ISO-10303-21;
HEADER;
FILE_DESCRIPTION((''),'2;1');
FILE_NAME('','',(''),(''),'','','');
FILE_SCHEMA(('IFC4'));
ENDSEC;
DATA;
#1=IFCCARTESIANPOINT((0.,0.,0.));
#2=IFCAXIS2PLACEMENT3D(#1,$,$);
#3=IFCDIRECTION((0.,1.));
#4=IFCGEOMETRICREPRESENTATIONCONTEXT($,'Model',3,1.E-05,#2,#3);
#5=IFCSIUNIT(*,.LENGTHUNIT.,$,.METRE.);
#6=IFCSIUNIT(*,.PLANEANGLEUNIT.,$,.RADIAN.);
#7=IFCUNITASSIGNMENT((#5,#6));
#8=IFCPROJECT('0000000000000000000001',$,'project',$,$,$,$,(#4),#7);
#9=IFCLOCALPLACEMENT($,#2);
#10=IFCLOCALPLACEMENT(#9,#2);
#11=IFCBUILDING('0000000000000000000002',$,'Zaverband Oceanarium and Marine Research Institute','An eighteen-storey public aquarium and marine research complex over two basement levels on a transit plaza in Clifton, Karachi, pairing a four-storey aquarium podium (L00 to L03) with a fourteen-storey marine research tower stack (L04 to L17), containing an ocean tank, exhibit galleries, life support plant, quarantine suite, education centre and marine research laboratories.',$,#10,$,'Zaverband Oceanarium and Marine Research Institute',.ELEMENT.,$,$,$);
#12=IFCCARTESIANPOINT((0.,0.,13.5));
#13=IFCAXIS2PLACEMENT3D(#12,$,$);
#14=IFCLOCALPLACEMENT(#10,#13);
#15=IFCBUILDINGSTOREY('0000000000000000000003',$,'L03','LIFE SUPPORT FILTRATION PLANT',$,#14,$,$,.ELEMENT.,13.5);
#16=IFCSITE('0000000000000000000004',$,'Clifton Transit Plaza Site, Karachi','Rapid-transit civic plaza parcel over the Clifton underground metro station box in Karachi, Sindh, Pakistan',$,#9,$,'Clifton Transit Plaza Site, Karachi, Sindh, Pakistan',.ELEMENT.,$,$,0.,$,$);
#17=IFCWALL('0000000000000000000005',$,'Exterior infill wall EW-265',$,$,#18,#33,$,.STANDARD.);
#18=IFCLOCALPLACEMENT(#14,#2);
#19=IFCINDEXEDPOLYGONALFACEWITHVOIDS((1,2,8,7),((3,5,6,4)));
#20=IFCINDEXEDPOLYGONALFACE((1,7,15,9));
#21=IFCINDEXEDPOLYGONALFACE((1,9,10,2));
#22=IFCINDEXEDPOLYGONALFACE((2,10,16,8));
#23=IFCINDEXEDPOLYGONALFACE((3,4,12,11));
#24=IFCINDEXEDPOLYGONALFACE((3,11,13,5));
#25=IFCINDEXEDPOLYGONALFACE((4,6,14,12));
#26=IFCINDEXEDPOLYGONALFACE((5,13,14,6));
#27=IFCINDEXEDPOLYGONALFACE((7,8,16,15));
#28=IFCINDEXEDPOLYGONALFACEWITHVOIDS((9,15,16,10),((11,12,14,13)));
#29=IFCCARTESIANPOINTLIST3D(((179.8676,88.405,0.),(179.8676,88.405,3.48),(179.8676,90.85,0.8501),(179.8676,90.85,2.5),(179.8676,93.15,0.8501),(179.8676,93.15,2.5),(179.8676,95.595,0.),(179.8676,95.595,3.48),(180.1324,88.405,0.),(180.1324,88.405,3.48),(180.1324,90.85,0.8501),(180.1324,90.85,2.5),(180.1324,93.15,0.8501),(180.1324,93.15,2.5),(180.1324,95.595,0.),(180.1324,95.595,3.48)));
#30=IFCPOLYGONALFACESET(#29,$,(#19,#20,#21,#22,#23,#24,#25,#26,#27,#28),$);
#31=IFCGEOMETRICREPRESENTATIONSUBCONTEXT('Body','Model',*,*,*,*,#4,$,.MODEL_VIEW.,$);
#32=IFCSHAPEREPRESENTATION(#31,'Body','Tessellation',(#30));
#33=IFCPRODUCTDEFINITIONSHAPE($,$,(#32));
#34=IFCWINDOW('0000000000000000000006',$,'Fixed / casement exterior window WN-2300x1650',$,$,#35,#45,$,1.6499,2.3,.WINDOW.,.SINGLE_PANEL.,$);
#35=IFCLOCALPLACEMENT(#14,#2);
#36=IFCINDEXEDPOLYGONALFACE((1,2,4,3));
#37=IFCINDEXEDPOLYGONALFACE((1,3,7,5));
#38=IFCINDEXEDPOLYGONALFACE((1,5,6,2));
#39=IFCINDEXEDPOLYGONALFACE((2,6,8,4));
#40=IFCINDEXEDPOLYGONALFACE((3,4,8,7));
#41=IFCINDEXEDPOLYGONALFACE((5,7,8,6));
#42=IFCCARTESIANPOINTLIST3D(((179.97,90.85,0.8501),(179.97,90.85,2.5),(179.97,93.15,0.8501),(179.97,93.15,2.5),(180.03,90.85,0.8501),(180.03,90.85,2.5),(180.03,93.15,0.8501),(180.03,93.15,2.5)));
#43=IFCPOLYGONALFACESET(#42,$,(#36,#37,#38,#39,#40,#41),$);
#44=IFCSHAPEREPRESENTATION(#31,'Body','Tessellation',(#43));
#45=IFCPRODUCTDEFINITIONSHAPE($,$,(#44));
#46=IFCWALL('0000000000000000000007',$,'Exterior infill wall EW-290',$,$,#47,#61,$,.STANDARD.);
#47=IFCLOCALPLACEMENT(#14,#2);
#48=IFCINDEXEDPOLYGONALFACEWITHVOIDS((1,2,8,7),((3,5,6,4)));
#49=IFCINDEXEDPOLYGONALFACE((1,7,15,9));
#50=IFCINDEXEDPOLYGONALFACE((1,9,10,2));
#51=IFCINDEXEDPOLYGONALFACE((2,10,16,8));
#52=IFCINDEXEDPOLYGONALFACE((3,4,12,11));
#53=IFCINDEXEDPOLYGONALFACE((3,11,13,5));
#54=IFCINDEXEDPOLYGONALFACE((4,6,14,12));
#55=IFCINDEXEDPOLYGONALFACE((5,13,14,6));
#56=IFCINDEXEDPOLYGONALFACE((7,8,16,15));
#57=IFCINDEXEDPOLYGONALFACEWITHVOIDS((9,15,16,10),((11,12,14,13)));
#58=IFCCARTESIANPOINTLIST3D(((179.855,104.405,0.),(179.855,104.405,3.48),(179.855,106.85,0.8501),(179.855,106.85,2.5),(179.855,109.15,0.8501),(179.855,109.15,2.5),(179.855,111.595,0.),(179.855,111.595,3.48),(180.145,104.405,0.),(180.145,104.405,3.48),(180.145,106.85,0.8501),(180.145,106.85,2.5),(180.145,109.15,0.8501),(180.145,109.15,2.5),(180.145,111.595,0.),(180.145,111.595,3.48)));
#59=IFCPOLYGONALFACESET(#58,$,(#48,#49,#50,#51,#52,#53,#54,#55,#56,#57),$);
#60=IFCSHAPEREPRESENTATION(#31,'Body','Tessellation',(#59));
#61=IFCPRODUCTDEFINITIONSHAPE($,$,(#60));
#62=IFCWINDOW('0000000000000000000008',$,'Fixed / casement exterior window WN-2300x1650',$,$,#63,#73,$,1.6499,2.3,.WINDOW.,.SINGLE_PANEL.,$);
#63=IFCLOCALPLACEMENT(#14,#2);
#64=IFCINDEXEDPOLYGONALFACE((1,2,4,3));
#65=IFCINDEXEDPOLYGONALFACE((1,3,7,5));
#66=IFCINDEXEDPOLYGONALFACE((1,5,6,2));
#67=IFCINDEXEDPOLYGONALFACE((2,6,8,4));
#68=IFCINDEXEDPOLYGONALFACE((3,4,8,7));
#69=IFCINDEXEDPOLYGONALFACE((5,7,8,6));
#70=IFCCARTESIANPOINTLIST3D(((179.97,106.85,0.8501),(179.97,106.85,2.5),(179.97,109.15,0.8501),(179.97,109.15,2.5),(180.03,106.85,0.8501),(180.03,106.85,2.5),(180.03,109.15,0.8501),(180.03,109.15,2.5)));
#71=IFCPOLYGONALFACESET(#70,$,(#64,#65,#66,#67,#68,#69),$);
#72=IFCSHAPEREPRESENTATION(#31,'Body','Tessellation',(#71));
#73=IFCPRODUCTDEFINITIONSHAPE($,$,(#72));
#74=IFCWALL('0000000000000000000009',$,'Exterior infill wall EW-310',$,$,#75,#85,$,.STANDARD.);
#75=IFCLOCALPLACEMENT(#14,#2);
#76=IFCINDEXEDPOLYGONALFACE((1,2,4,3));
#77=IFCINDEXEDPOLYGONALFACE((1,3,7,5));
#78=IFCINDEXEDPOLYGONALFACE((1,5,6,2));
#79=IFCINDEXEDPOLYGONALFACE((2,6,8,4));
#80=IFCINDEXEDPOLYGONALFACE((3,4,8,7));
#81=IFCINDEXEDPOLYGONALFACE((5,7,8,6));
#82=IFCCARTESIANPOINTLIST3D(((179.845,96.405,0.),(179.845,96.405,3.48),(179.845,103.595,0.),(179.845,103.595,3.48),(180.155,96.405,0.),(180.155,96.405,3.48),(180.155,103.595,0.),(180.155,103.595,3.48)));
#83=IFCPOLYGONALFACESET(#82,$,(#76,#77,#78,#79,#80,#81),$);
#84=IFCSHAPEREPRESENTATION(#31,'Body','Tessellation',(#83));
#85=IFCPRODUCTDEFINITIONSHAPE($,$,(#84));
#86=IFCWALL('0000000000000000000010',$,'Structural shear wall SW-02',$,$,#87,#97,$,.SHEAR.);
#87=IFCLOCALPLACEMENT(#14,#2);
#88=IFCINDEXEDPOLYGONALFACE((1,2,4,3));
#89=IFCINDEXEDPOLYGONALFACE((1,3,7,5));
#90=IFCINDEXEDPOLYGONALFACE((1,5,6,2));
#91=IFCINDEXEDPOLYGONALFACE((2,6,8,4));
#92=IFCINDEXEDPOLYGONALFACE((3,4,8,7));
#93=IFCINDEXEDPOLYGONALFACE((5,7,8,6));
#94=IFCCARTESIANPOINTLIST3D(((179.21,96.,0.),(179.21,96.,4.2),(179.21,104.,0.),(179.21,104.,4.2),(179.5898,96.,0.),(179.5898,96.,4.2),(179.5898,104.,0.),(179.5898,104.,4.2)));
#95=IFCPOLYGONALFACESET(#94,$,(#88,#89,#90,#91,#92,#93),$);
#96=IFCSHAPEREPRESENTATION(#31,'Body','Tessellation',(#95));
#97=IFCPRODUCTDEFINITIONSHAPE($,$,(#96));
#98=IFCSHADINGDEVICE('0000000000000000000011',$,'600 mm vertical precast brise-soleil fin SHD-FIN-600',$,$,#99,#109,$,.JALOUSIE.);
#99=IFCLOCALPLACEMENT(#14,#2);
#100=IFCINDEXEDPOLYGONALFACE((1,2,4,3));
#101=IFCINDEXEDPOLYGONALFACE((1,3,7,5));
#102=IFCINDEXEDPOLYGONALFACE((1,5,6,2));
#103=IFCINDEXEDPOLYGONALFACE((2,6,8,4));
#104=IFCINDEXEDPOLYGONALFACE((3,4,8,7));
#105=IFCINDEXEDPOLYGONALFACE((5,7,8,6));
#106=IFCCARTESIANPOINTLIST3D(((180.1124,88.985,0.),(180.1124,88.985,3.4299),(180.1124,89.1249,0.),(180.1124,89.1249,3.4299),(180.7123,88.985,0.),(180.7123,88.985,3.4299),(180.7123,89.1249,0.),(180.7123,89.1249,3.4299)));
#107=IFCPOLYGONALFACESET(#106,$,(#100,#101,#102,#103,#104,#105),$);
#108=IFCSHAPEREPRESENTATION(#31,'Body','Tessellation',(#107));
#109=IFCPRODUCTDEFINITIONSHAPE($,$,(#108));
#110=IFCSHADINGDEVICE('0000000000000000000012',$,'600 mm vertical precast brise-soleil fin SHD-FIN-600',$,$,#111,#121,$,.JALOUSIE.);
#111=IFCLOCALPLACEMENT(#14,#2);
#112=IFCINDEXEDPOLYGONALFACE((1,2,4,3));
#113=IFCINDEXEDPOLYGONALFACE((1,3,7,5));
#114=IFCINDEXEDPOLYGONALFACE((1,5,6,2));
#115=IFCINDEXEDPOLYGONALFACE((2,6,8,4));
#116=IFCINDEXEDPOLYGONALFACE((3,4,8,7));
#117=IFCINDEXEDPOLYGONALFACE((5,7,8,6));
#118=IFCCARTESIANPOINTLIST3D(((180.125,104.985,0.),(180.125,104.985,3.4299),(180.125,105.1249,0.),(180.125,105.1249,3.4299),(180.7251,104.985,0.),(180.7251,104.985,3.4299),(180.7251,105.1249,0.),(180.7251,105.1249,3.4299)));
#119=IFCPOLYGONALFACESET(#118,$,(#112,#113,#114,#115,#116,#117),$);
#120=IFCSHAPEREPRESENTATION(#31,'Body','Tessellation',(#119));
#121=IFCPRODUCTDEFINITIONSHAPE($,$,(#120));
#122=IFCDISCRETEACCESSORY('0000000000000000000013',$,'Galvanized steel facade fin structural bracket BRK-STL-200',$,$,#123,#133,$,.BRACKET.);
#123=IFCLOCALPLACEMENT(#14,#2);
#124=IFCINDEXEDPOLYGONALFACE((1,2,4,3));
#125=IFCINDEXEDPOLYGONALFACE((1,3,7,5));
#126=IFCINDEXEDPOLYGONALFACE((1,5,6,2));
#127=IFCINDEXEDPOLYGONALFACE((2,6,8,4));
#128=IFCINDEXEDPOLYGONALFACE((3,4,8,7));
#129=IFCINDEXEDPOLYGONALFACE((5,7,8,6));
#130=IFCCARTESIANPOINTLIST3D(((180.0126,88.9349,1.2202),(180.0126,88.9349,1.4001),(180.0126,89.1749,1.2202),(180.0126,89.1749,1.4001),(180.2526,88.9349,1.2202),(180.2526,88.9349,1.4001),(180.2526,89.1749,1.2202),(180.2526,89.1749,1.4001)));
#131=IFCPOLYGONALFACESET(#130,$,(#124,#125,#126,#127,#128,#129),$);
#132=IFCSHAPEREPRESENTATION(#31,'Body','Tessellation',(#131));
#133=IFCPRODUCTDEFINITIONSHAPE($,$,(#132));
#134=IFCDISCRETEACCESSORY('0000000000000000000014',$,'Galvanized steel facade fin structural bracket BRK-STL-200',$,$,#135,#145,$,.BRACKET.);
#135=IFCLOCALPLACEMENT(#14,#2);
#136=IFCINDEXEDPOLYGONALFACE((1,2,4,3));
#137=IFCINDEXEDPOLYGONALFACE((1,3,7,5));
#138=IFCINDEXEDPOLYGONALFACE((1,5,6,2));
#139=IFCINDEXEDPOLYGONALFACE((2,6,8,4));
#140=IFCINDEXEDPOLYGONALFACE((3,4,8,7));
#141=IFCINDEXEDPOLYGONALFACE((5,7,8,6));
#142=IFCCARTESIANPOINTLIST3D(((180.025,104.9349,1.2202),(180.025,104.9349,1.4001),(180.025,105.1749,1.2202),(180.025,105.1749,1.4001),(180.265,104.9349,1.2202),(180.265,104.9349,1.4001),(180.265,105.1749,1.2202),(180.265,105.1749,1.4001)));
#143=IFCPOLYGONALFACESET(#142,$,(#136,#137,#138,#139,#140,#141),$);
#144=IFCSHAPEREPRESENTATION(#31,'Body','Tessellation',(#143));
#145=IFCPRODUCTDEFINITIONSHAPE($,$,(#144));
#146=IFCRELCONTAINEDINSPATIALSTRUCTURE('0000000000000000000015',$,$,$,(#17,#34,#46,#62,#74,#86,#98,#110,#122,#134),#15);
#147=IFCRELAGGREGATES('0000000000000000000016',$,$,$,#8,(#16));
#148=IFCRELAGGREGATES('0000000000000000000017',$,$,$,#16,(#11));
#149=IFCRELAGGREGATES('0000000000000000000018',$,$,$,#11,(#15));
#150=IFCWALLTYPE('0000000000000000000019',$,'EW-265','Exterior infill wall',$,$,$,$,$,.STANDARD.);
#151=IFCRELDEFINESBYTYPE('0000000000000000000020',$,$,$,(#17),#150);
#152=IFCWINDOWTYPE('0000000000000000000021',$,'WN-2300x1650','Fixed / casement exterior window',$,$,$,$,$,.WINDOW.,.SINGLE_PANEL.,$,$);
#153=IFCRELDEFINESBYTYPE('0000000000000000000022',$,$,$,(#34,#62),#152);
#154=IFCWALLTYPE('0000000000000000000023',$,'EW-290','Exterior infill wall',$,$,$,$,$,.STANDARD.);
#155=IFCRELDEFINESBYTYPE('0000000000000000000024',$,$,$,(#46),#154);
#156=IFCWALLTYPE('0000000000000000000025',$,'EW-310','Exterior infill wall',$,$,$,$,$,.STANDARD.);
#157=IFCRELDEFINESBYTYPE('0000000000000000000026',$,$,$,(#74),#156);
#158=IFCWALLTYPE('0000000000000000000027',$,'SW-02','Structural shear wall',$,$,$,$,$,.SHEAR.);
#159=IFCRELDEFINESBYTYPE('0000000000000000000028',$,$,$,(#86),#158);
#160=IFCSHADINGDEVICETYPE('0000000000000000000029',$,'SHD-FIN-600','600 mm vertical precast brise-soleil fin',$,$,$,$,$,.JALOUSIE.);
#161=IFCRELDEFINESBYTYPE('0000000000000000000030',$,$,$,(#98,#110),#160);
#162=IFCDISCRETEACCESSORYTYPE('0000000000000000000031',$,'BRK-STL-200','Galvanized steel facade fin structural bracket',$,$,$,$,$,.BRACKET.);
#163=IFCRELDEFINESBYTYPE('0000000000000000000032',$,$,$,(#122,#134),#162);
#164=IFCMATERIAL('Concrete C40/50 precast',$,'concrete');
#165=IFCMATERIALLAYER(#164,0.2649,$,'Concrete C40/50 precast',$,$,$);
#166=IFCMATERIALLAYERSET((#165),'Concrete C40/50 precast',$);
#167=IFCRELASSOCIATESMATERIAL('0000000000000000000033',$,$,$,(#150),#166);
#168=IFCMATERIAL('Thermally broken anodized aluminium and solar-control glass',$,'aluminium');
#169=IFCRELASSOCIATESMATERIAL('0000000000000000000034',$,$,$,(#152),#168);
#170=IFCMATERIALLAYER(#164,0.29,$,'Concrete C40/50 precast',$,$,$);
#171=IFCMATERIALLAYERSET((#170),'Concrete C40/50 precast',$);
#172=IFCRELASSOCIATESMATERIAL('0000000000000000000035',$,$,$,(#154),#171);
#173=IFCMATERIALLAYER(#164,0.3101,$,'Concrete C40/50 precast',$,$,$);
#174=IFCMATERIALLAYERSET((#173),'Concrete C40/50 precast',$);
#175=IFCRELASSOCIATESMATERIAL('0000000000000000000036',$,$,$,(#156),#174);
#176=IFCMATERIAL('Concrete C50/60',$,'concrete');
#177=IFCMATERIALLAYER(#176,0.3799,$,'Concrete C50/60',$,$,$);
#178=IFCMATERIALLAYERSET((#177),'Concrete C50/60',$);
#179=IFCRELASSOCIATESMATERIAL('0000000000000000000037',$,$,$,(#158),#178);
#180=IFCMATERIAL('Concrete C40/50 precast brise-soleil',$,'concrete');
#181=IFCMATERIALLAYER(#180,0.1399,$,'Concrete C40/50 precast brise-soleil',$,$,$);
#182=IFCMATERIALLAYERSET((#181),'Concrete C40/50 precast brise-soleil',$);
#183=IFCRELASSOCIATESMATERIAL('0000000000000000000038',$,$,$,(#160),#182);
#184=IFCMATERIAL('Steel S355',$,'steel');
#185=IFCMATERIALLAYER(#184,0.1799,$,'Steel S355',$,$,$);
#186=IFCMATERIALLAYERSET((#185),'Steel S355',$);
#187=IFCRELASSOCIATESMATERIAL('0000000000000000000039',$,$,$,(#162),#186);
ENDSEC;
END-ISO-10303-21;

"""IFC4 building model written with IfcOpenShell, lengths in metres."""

from ifc_helpers import new_model, si_unit, direction, frame, frame_2d, origin, origin_2d, place, context, subcontext, project, spatial, rectangle, extrude, material, layer, layer_set, type_object, element, fill, save


model = new_model("IFC4")

# Units and contexts
model_context = context("Model", 3, precision=1e-05, world=origin(), true_north=direction((0.0, 1.0)))
body_context = subcontext(model_context, "Body", "Model", "MODEL_VIEW")
ifc_project = project(units=[si_unit("LENGTHUNIT", "METRE"), si_unit("PLANEANGLEUNIT", "RADIAN")], contexts=[model_context])

# Site, building, storey
site_placement = place(None, origin())
site = spatial("IfcSite", under=ifc_project, at=site_placement, Name="Clifton Transit Plaza Site, Karachi", Description="Rapid-transit civic plaza parcel over the Clifton underground metro station box in Karachi, Sindh, Pakistan", LongName="Clifton Transit Plaza Site, Karachi, Sindh, Pakistan", CompositionType="ELEMENT", RefElevation=0.0)
building_placement = place(site_placement, origin())
building = spatial("IfcBuilding", under=site, at=building_placement, Name="Zaverband Oceanarium and Marine Research Institute", Description="An eighteen-storey public aquarium and marine research complex over two basement levels on a transit plaza in Clifton, Karachi, pairing a four-storey aquarium podium (L00 to L03) with a fourteen-storey marine research tower stack (L04 to L17), containing an ocean tank, exhibit galleries, life support plant, quarantine suite, education centre and marine research laboratories.", LongName="Zaverband Oceanarium and Marine Research Institute", CompositionType="ELEMENT")
storey_placement = place(building_placement, frame((0.0, 0.0, 13.5)))
storey = spatial("IfcBuildingStorey", under=building, at=storey_placement, Name="L03", Description="LIFE SUPPORT FILTRATION PLANT", CompositionType="ELEMENT", Elevation=13.5)

# Shared definitions
ifc_material_1 = material(Name="Concrete C50/60", Category="concrete")

# Walls, openings, windows
ifc_material_2 = material(Name="Concrete C40/50 precast", Category="concrete")
ifc_layer_1 = layer(ifc_material_2, 0.2649, Name="Concrete C40/50 precast")
ifc_layer_set_1 = layer_set([ifc_layer_1], Name="Concrete C40/50 precast")
wall_type_1 = type_object("IfcWallType", Name="EW-265", Description="Exterior infill wall", PredefinedType="STANDARD", material=ifc_layer_set_1)
wall_1_placement = place(storey_placement, frame((180.0, 88.405, 0.0), z_axis=(0.0, 0.0, 1.0), x_axis=(0.0, 1.0, 0.0)))
wall_1 = element("IfcWall", 1, at=wall_1_placement, inside=storey, type_object=wall_type_1, Name="Exterior infill wall EW-265", PredefinedType="STANDARD", context=body_context, shape_type="SweptSolid", body=[
    extrude(rectangle(XDim=7.1899, YDim=0.2649, at=frame_2d((3.595, 0.0))), origin(), (0.0, 0.0, 1.0), 3.48),
])
opening_1_placement = place(wall_1_placement, frame((2.4451, 0.0, 0.8501)))
opening_1 = element("IfcOpeningElement", 2, at=opening_1_placement, cuts=wall_1, PredefinedType="OPENING", context=body_context, shape_type="SweptSolid", body=[
    extrude(rectangle(XDim=2.3, YDim=1.6499, at=frame_2d((1.1499, 0.825))), frame((0.0, 0.1445, 0.0), z_axis=(0.0, -1.0, 0.0), x_axis=(1.0, 0.0, 0.0)), (0.0, 0.0, 1.0), 0.2888),
])
ifc_material_3 = material(Name="Thermally broken anodized aluminium and solar-control glass", Category="aluminium")
window_type = type_object("IfcWindowType", Name="WN-2300x1650", Description="Fixed / casement exterior window", PartitioningType="SINGLE_PANEL", PredefinedType="WINDOW", material=ifc_material_3)
window_1_placement = place(opening_1_placement, origin())
window_1 = element("IfcWindow", 3, at=window_1_placement, inside=storey, type_object=window_type, Name="Fixed / casement exterior window WN-2300x1650", OverallHeight=1.6499, OverallWidth=2.3, PartitioningType="SINGLE_PANEL", PredefinedType="WINDOW", context=body_context, shape_type="SweptSolid", body=[
    extrude(rectangle(XDim=2.3, YDim=1.6499, at=frame_2d((1.1499, 0.825))), frame((0.0, 0.03, 0.0), z_axis=(0.0, -1.0, 0.0), x_axis=(1.0, 0.0, 0.0)), (0.0, 0.0, 1.0), 0.0601),
])
fill(opening_1, window_1)
ifc_layer_2 = layer(ifc_material_2, 0.29, Name="Concrete C40/50 precast")
ifc_layer_set_2 = layer_set([ifc_layer_2], Name="Concrete C40/50 precast")
wall_type_2 = type_object("IfcWallType", Name="EW-290", Description="Exterior infill wall", PredefinedType="STANDARD", material=ifc_layer_set_2)
wall_2_placement = place(storey_placement, frame((180.0, 104.405, 0.0), z_axis=(0.0, 0.0, 1.0), x_axis=(0.0, 1.0, 0.0)))
wall_2 = element("IfcWall", 4, at=wall_2_placement, inside=storey, type_object=wall_type_2, Name="Exterior infill wall EW-290", PredefinedType="STANDARD", context=body_context, shape_type="SweptSolid", body=[
    extrude(rectangle(XDim=7.1899, YDim=0.29, at=frame_2d((3.595, 0.0))), origin(), (0.0, 0.0, 1.0), 3.48),
])
opening_2_placement = place(wall_2_placement, frame((2.4451, 0.0, 0.8501)))
opening_2 = element("IfcOpeningElement", 5, at=opening_2_placement, cuts=wall_2, PredefinedType="OPENING", context=body_context, shape_type="SweptSolid", body=[
    extrude(rectangle(XDim=2.3, YDim=1.6499, at=frame_2d((1.1499, 0.825))), frame((0.0, 0.157, 0.0), z_axis=(0.0, -1.0, 0.0), x_axis=(1.0, 0.0, 0.0)), (0.0, 0.0, 1.0), 0.314),
])
window_2_placement = place(opening_2_placement, origin())
window_2 = element("IfcWindow", 6, at=window_2_placement, inside=storey, type_object=window_type, Name="Fixed / casement exterior window WN-2300x1650", OverallHeight=1.6499, OverallWidth=2.3, PartitioningType="SINGLE_PANEL", PredefinedType="WINDOW", context=body_context, shape_type="SweptSolid", body=[
    extrude(rectangle(XDim=2.3, YDim=1.6499, at=frame_2d((1.1499, 0.825))), frame((0.0, 0.03, 0.0), z_axis=(0.0, -1.0, 0.0), x_axis=(1.0, 0.0, 0.0)), (0.0, 0.0, 1.0), 0.0601),
])
fill(opening_2, window_2)

# Walls
ifc_layer_3 = layer(ifc_material_2, 0.3101, Name="Concrete C40/50 precast")
ifc_layer_set_3 = layer_set([ifc_layer_3], Name="Concrete C40/50 precast")
wall_type_3 = type_object("IfcWallType", Name="EW-310", Description="Exterior infill wall", PredefinedType="STANDARD", material=ifc_layer_set_3)
wall_3_placement = place(storey_placement, frame((180.0, 96.405, 0.0), z_axis=(0.0, 0.0, 1.0), x_axis=(0.0, 1.0, 0.0)))
element("IfcWall", 7, at=wall_3_placement, inside=storey, type_object=wall_type_3, Name="Exterior infill wall EW-310", PredefinedType="STANDARD", context=body_context, shape_type="SweptSolid", body=[
    extrude(rectangle(XDim=7.1899, YDim=0.3101, at=frame_2d((3.595, 0.0))), origin(), (0.0, 0.0, 1.0), 3.48),
])
ifc_layer_4 = layer(ifc_material_1, 0.3799, Name="Concrete C50/60")
ifc_layer_set_4 = layer_set([ifc_layer_4], Name="Concrete C50/60")
wall_type_4 = type_object("IfcWallType", Name="SW-02", Description="Structural shear wall", PredefinedType="SHEAR", material=ifc_layer_set_4)
wall_4_placement = place(storey_placement, frame((179.3999, 96.0, 0.0), z_axis=(0.0, 0.0, 1.0), x_axis=(0.0, 1.0, 0.0)))
element("IfcWall", 8, at=wall_4_placement, inside=storey, type_object=wall_type_4, Name="Structural shear wall SW-02", PredefinedType="SHEAR", context=body_context, shape_type="SweptSolid", body=[
    extrude(rectangle(XDim=8.0, YDim=0.3799, at=frame_2d((4.0, 0.0))), origin(), (0.0, 0.0, 1.0), 4.2),
])

# Shading devices
ifc_material_4 = material(Name="Concrete C40/50 precast brise-soleil", Category="concrete")
ifc_layer_5 = layer(ifc_material_4, 0.1399, Name="Concrete C40/50 precast brise-soleil")
ifc_layer_set_5 = layer_set([ifc_layer_5], Name="Concrete C40/50 precast brise-soleil")
shading_device_type = type_object("IfcShadingDeviceType", Name="SHD-FIN-600", Description="600 mm vertical precast brise-soleil fin", PredefinedType="JALOUSIE", material=ifc_layer_set_5)
shading_device_1_placement = place(storey_placement, frame((180.1125, 89.0549, 0.0), z_axis=(0.0, 0.0, 1.0), x_axis=(1.0, 0.0, 0.0)))
element("IfcShadingDevice", 9, at=shading_device_1_placement, inside=storey, type_object=shading_device_type, Name="600 mm vertical precast brise-soleil fin SHD-FIN-600", PredefinedType="JALOUSIE", context=body_context, shape_type="SweptSolid", body=[
    extrude(rectangle(XDim=0.5999, YDim=0.1399, at=frame_2d((0.2998, 0.0))), origin(), (0.0, 0.0, 1.0), 3.4299),
])
shading_device_2_placement = place(storey_placement, frame((180.125, 105.0549, 0.0), z_axis=(0.0, 0.0, 1.0), x_axis=(1.0, 0.0, 0.0)))
element("IfcShadingDevice", 10, at=shading_device_2_placement, inside=storey, type_object=shading_device_type, Name="600 mm vertical precast brise-soleil fin SHD-FIN-600", PredefinedType="JALOUSIE", context=body_context, shape_type="SweptSolid", body=[
    extrude(rectangle(XDim=0.6001, YDim=0.1399, at=frame_2d((0.3, 0.0))), origin(), (0.0, 0.0, 1.0), 3.4299),
])

# Discrete accessories
ifc_material_5 = material(Name="Steel S355", Category="steel")
ifc_layer_6 = layer(ifc_material_5, 0.1799, Name="Steel S355")
ifc_layer_set_6 = layer_set([ifc_layer_6], Name="Steel S355")
discrete_accessory_type = type_object("IfcDiscreteAccessoryType", Name="BRK-STL-200", Description="Galvanized steel facade fin structural bracket", PredefinedType="BRACKET", material=ifc_layer_set_6)
for number, where, z_axis, x_axis, name in (
    (11, (180.1326, 89.0549, 1.2202), (0.0, 0.0, 1.0), (1.0, 0.0, 0.0), "Galvanized steel facade fin structural bracket BRK-STL-200"),
    (12, (180.145, 105.0549, 1.2202), (0.0, 0.0, 1.0), (1.0, 0.0, 0.0), "Galvanized steel facade fin structural bracket BRK-STL-200"),
):
    element("IfcDiscreteAccessory", number, at=place(storey_placement, frame(where, z_axis=z_axis, x_axis=x_axis)), inside=storey, type_object=discrete_accessory_type, Name=name, PredefinedType="BRACKET", context=body_context, shape_type="SweptSolid", body=[
        extrude(rectangle(XDim=0.24, YDim=0.24, at=origin_2d()), origin(), (0.0, 0.0, 1.0), 0.1799),
    ])

save(model, "model.ifc")
